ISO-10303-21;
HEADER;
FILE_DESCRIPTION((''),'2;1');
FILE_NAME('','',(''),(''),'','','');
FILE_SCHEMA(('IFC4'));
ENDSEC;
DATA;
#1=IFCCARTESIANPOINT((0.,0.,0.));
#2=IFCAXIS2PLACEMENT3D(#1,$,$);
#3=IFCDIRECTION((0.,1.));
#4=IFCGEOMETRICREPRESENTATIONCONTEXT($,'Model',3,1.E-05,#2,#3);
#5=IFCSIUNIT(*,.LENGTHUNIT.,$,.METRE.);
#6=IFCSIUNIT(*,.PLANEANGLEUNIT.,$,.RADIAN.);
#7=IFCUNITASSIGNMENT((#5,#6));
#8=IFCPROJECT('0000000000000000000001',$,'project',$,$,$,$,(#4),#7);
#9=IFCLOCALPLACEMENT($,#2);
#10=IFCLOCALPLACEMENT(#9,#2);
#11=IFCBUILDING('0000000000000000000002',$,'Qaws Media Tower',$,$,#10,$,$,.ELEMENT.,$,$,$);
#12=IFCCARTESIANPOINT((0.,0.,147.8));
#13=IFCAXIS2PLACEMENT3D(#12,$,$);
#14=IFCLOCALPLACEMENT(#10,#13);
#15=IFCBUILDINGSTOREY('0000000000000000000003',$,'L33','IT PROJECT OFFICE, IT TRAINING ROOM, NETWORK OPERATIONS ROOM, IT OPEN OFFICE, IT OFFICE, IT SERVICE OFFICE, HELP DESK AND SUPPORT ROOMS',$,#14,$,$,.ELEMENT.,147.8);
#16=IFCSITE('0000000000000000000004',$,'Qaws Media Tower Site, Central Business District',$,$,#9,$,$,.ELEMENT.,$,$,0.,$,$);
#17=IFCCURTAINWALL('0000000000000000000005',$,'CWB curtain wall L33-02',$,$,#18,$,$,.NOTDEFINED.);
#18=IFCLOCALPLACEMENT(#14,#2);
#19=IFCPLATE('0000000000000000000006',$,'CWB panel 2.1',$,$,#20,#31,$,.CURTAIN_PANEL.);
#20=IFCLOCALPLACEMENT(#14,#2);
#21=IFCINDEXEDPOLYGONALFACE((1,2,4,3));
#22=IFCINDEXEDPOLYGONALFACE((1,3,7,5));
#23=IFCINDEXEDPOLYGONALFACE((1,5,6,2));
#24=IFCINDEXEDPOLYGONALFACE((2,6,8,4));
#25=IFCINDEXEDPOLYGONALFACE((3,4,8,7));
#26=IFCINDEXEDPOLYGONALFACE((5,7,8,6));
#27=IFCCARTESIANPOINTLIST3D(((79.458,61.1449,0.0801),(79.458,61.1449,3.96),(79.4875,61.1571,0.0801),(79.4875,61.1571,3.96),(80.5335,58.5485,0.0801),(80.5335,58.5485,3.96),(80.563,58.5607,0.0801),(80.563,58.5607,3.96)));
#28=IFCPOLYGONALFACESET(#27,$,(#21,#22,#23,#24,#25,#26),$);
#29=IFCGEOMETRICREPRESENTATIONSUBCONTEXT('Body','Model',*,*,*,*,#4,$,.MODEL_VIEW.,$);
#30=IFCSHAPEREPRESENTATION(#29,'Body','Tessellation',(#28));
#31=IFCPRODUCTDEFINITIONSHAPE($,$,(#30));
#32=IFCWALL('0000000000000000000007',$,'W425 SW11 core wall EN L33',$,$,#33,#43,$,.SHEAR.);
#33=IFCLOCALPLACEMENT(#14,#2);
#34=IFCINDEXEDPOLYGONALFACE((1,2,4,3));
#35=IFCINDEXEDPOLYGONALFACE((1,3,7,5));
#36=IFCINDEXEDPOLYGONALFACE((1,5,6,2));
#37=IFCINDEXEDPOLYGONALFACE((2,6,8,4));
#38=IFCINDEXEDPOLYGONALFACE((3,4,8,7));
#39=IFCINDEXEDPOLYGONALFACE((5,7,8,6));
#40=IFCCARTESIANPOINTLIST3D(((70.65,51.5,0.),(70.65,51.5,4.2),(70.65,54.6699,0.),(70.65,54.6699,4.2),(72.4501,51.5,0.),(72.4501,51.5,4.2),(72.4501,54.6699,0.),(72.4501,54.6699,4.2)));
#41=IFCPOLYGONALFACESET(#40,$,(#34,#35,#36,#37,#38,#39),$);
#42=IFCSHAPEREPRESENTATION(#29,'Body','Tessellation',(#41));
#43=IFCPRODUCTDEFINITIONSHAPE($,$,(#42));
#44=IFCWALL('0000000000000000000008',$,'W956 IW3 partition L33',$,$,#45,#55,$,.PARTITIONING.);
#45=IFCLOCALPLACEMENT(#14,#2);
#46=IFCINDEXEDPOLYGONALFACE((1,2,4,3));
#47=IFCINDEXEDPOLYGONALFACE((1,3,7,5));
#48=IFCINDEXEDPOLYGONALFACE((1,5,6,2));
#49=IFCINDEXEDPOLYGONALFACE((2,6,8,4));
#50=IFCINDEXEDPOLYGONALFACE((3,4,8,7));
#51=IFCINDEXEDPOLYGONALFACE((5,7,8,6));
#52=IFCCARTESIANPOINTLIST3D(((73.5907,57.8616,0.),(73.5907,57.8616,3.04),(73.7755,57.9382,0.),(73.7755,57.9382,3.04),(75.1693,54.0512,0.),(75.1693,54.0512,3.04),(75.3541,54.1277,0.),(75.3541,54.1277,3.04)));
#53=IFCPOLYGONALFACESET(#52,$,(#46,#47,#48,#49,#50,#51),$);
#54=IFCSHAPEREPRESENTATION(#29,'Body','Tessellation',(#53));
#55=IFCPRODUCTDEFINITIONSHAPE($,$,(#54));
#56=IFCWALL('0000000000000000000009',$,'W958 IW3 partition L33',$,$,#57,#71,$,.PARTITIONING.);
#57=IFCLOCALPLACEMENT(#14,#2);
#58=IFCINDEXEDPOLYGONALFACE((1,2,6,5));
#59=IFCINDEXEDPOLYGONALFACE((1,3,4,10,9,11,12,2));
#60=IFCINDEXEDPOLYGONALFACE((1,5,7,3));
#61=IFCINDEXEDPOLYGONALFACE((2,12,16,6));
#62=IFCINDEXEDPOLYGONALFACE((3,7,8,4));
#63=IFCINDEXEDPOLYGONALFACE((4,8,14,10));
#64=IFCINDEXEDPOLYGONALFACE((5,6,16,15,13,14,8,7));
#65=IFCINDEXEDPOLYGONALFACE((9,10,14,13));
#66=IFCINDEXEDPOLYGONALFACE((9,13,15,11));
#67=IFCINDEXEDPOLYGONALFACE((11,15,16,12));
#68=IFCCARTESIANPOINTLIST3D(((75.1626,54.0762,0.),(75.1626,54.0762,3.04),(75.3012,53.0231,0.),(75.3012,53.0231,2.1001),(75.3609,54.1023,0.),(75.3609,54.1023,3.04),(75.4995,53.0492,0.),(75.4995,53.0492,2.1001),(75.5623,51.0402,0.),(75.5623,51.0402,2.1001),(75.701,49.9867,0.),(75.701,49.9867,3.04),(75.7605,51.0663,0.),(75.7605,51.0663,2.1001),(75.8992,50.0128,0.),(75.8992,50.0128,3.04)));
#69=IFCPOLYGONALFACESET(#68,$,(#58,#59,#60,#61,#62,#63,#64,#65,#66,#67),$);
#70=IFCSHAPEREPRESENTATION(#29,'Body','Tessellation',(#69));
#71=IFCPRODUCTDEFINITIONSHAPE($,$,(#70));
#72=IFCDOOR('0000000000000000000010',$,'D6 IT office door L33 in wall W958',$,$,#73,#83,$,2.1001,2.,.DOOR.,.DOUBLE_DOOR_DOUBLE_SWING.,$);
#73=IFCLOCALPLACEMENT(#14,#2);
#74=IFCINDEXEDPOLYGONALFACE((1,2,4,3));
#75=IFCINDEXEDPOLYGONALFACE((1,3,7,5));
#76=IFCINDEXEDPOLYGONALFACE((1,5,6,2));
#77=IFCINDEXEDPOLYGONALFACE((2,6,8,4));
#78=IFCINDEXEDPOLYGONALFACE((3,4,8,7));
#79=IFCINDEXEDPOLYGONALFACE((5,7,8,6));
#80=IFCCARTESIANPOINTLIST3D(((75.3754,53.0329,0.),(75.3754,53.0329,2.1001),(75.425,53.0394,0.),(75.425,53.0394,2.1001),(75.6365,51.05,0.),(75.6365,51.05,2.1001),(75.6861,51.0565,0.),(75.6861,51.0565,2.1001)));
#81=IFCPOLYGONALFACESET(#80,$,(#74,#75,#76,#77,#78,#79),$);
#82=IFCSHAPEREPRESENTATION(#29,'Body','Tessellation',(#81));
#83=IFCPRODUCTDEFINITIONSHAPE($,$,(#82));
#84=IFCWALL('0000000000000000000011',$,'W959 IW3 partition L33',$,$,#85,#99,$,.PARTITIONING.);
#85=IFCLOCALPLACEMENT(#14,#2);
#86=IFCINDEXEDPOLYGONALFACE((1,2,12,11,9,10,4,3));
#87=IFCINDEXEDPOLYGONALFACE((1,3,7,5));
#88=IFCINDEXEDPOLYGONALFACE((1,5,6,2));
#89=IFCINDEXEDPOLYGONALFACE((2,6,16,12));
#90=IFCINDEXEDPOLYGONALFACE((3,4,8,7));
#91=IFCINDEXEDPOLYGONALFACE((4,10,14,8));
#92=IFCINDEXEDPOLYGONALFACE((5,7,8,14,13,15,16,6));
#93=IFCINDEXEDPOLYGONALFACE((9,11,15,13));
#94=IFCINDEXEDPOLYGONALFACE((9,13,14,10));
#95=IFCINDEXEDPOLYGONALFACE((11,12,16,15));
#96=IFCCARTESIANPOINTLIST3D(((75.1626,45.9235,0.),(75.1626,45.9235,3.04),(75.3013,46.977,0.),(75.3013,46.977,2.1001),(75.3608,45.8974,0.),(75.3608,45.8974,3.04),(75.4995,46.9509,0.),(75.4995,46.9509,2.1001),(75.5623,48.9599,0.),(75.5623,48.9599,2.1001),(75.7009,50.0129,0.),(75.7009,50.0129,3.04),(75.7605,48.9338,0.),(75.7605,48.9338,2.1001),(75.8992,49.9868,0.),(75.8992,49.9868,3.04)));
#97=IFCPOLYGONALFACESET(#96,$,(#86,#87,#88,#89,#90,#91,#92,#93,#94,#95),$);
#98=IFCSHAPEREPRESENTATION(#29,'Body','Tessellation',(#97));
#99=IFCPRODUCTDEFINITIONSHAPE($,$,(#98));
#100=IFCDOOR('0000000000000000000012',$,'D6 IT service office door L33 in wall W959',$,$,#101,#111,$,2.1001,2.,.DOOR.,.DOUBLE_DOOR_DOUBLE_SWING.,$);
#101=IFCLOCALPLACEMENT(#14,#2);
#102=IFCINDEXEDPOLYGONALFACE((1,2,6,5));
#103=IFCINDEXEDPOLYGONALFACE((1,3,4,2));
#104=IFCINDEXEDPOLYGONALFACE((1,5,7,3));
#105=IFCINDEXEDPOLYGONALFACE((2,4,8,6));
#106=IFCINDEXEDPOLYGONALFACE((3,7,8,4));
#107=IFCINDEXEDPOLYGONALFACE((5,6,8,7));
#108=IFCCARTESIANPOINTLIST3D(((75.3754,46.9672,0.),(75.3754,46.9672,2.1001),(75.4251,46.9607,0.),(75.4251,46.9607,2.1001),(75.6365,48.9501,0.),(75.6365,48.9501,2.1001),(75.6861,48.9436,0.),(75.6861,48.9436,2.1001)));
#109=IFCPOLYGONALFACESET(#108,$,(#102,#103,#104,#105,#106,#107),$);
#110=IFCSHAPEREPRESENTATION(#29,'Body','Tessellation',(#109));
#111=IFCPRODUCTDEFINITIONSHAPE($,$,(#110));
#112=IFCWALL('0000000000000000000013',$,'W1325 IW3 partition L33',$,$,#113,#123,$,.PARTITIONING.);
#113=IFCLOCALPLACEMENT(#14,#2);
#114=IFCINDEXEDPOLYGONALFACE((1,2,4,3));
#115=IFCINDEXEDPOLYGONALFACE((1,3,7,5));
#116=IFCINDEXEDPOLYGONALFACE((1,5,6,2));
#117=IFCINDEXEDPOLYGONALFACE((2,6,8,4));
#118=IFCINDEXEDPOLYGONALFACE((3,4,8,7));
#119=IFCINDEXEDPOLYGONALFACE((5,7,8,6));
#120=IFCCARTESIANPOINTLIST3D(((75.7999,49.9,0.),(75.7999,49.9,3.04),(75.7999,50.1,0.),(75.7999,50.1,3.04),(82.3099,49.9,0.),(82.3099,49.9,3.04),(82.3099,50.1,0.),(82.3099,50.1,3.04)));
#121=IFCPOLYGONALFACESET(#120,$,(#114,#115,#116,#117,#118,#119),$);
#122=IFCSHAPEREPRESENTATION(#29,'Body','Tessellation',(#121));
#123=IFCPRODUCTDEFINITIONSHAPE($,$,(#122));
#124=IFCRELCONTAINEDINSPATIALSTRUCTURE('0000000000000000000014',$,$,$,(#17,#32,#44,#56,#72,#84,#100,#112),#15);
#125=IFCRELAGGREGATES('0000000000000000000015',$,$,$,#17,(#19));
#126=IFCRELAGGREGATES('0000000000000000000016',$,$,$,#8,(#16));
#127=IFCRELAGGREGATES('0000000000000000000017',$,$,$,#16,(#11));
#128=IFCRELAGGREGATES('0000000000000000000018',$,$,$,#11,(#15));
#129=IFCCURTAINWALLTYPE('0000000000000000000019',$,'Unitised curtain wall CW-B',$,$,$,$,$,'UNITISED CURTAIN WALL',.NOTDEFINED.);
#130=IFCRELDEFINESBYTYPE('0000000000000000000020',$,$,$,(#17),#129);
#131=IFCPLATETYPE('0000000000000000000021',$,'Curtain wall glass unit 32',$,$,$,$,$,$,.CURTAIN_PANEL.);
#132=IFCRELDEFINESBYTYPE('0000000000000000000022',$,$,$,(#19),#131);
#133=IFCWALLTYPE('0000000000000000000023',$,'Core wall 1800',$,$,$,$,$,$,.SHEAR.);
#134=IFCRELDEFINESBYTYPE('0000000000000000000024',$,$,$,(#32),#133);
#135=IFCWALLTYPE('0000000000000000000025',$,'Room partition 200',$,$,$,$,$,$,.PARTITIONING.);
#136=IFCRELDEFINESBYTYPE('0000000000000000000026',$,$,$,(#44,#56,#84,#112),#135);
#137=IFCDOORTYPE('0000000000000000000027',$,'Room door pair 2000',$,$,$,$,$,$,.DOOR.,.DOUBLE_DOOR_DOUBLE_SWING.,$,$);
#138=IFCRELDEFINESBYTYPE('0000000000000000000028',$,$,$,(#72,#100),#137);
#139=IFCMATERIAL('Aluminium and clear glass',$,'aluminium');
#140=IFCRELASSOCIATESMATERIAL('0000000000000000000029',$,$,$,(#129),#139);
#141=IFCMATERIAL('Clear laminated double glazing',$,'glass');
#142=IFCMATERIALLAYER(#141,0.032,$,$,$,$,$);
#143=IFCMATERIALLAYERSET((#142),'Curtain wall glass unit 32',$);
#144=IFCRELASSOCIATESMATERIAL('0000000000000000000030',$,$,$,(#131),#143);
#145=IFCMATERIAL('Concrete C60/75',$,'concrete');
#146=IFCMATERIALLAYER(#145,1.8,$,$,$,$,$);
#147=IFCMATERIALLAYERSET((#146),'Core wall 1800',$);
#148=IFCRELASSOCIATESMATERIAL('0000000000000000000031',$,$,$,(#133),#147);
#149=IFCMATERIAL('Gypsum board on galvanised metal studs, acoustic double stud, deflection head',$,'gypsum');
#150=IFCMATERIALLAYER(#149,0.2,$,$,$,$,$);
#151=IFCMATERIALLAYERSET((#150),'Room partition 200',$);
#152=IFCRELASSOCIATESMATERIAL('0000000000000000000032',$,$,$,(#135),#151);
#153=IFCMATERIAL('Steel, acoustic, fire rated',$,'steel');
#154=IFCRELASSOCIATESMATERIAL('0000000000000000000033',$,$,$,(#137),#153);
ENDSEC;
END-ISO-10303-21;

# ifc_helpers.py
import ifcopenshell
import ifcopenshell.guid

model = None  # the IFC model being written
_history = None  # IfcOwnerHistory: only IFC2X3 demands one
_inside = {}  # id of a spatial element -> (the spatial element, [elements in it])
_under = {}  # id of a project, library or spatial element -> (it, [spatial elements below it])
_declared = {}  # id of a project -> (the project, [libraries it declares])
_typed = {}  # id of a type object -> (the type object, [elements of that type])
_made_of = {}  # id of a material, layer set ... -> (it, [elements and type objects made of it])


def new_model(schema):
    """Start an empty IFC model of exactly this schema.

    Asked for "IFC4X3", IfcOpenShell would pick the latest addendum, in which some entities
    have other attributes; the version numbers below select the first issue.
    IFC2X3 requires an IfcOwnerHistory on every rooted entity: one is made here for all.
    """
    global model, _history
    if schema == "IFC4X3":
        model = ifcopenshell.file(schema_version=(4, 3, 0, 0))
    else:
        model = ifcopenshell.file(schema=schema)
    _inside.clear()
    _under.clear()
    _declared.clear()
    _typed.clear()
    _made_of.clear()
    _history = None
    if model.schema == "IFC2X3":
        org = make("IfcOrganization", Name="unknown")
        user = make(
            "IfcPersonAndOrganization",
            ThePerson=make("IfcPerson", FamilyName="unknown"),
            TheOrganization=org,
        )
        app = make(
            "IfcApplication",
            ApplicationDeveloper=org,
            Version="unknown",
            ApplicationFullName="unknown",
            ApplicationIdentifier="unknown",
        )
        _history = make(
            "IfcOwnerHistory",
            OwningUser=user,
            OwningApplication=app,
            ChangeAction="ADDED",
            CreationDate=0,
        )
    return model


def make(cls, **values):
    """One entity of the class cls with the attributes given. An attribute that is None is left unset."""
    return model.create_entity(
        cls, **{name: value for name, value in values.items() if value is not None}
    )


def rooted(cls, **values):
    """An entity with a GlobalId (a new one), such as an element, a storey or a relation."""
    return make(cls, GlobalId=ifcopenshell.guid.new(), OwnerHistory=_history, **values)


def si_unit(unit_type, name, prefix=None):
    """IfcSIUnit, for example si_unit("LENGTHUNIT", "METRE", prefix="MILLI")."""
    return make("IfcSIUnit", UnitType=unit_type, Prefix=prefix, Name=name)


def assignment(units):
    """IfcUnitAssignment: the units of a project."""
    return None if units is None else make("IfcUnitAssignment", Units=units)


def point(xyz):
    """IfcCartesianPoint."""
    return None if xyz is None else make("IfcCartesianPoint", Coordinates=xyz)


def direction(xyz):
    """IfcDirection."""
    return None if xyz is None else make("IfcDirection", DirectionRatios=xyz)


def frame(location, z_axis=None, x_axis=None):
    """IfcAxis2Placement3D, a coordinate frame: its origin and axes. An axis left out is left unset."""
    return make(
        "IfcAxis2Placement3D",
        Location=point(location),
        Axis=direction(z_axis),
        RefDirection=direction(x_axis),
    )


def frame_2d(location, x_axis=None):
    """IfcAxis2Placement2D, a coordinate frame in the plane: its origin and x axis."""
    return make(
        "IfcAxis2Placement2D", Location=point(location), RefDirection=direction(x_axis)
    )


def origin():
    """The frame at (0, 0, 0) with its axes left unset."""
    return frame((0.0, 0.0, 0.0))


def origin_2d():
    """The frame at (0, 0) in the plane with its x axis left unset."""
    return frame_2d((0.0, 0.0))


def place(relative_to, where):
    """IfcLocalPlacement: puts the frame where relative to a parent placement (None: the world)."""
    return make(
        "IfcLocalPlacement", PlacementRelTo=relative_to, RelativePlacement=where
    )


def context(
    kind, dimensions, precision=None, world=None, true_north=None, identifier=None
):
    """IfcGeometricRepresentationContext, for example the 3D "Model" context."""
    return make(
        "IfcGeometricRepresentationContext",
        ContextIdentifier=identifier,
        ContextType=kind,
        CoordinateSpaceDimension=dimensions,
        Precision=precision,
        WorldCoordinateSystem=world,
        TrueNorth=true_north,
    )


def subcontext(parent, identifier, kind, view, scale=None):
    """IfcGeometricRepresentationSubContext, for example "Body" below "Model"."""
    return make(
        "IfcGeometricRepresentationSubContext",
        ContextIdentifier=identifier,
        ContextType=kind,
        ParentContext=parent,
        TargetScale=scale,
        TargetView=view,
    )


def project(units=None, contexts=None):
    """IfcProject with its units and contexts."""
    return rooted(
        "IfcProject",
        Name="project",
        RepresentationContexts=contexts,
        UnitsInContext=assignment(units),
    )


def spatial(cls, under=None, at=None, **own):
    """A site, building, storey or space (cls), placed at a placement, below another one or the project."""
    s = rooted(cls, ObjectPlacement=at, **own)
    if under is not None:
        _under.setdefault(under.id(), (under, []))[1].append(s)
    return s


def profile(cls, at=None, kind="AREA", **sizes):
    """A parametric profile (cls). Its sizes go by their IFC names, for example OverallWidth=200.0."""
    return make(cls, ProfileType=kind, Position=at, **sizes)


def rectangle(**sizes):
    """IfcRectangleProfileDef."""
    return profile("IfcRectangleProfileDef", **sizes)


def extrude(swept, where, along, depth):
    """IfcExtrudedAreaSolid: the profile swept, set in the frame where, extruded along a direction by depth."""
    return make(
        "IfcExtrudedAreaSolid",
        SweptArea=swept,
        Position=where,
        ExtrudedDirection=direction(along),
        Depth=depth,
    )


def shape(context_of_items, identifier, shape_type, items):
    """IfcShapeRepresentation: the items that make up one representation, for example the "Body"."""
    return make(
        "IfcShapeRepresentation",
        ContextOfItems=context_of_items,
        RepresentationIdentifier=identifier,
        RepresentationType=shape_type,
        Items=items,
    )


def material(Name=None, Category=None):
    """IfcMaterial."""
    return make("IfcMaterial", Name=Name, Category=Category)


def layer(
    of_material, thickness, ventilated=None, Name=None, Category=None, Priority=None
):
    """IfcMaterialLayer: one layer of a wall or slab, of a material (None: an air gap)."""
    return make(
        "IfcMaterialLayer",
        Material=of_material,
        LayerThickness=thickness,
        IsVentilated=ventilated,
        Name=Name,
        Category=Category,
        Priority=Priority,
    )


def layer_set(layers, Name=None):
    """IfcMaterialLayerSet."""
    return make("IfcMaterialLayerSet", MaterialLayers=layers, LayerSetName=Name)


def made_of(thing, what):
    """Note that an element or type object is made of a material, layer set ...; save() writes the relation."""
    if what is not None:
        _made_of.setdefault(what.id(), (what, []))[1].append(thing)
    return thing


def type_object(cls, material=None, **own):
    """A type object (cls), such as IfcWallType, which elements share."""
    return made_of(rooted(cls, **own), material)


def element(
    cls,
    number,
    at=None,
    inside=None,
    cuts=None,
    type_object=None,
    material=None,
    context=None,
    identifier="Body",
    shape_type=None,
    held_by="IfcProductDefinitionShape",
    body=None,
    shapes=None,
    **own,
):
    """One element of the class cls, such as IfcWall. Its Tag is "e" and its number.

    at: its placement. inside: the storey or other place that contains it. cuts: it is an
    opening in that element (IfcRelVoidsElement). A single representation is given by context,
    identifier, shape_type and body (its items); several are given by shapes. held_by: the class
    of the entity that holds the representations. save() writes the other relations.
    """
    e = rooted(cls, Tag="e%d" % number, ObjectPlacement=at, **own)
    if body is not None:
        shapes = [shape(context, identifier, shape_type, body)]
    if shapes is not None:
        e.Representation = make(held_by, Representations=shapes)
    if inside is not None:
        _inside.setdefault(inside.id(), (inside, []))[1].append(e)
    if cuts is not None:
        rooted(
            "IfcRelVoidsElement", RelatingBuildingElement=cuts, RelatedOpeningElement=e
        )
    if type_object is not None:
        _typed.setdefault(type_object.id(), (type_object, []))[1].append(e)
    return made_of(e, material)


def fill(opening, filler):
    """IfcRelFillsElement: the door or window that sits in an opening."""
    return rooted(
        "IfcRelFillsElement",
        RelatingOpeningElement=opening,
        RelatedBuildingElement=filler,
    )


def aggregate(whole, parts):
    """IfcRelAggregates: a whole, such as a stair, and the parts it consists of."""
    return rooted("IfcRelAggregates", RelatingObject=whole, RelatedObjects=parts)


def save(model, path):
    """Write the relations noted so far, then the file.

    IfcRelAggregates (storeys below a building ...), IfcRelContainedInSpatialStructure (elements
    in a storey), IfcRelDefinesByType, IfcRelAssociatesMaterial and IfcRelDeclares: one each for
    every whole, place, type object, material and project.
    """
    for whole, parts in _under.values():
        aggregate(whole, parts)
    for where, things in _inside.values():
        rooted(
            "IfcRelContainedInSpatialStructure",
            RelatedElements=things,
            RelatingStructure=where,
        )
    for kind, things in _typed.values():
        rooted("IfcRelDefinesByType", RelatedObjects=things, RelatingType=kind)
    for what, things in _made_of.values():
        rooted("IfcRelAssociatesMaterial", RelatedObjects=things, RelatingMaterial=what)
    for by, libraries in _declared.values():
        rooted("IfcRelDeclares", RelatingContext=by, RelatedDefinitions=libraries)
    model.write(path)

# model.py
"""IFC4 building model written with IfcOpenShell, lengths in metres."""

from ifc_helpers import new_model, si_unit, direction, frame, frame_2d, origin, origin_2d, place, context, subcontext, project, spatial, rectangle, extrude, material, layer, layer_set, type_object, element, fill, aggregate, save


model = new_model("IFC4")

# Units and contexts
model_context = context("Model", 3, precision=1e-05, world=origin(), true_north=direction((0.0, 1.0)))
body_context = subcontext(model_context, "Body", "Model", "MODEL_VIEW")
ifc_project = project(units=[si_unit("LENGTHUNIT", "METRE"), si_unit("PLANEANGLEUNIT", "RADIAN")], contexts=[model_context])

# Site, building, storey
site_placement = place(None, origin())
site = spatial("IfcSite", under=ifc_project, at=site_placement, Name="Qaws Media Tower Site, Central Business District", CompositionType="ELEMENT", RefElevation=0.0)
building_placement = place(site_placement, origin())
building = spatial("IfcBuilding", under=site, at=building_placement, Name="Qaws Media Tower", CompositionType="ELEMENT")
storey_placement = place(building_placement, frame((0.0, 0.0, 147.8)))
storey = spatial("IfcBuildingStorey", under=building, at=storey_placement, Name="L33", Description="IT PROJECT OFFICE, IT TRAINING ROOM, NETWORK OPERATIONS ROOM, IT OPEN OFFICE, IT OFFICE, IT SERVICE OFFICE, HELP DESK AND SUPPORT ROOMS", CompositionType="ELEMENT", Elevation=147.8)

# Curtain wall
ifc_material_1 = material(Name="Aluminium and clear glass", Category="aluminium")
curtain_wall_type = type_object("IfcCurtainWallType", Name="Unitised curtain wall CW-B", ElementType="UNITISED CURTAIN WALL", PredefinedType="NOTDEFINED", material=ifc_material_1)
curtain_wall_placement = place(storey_placement, origin())
curtain_wall = element("IfcCurtainWall", 1, at=curtain_wall_placement, inside=storey, type_object=curtain_wall_type, Name="CWB curtain wall L33-02", PredefinedType="NOTDEFINED")

# Plate
ifc_material_2 = material(Name="Clear laminated double glazing", Category="glass")
ifc_layer_1 = layer(ifc_material_2, 0.032)
ifc_layer_set_1 = layer_set([ifc_layer_1], Name="Curtain wall glass unit 32")
plate_type = type_object("IfcPlateType", Name="Curtain wall glass unit 32", PredefinedType="CURTAIN_PANEL", material=ifc_layer_set_1)
plate_placement = place(storey_placement, frame((80.0105, 59.8528, 0.0801), z_axis=(0.0, 0.0, 1.0), x_axis=(-0.382684, 0.923879, 0.0)))
plate = element("IfcPlate", 2, at=plate_placement, type_object=plate_type, Name="CWB panel 2.1", PredefinedType="CURTAIN_PANEL", context=body_context, shape_type="SweptSolid", body=[
    extrude(rectangle(XDim=2.8103, YDim=0.032, at=origin_2d()), origin(), (0.0, 0.0, 1.0), 3.8799),
])
aggregate(curtain_wall, [plate])

# Walls
ifc_material_3 = material(Name="Concrete C60/75", Category="concrete")
ifc_layer_2 = layer(ifc_material_3, 1.8)
ifc_layer_set_2 = layer_set([ifc_layer_2], Name="Core wall 1800")
wall_type_1 = type_object("IfcWallType", Name="Core wall 1800", PredefinedType="SHEAR", material=ifc_layer_set_2)
wall_1_placement = place(storey_placement, frame((71.55, 51.5, 0.0), z_axis=(0.0, 0.0, 1.0), x_axis=(0.0, 1.0, 0.0)))
element("IfcWall", 3, at=wall_1_placement, inside=storey, type_object=wall_type_1, Name="W425 SW11 core wall EN L33", PredefinedType="SHEAR", context=body_context, shape_type="SweptSolid", body=[
    extrude(rectangle(XDim=3.1699, YDim=1.8, at=frame_2d((1.585, 0.0))), origin(), (0.0, 0.0, 1.0), 4.2),
])
ifc_material_4 = material(Name="Gypsum board on galvanised metal studs, acoustic double stud, deflection head", Category="gypsum")
ifc_layer_3 = layer(ifc_material_4, 0.2)
ifc_layer_set_3 = layer_set([ifc_layer_3], Name="Room partition 200")
wall_type_2 = type_object("IfcWallType", Name="Room partition 200", PredefinedType="PARTITIONING", material=ifc_layer_set_3)
wall_2_placement = place(storey_placement, frame((73.6831, 57.8999, 0.0), z_axis=(0.0, 0.0, 1.0), x_axis=(0.382732, -0.92386, 0.0)))
element("IfcWall", 4, at=wall_2_placement, inside=storey, type_object=wall_type_2, Name="W956 IW3 partition L33", PredefinedType="PARTITIONING", context=body_context, shape_type="SweptSolid", body=[
    extrude(rectangle(XDim=4.1245, YDim=0.2, at=frame_2d((2.0623, 0.0))), origin(), (0.0, 0.0, 1.0), 3.04),
])

# Walls, openings, doors
wall_3_placement = place(storey_placement, frame((75.2617, 54.0894, 0.0), z_axis=(0.0, 0.0, 1.0), x_axis=(0.130516, -0.991446, 0.0)))
wall_3 = element("IfcWall", 5, at=wall_3_placement, inside=storey, type_object=wall_type_2, Name="W958 IW3 partition L33", PredefinedType="PARTITIONING", context=body_context, shape_type="SweptSolid", body=[
    extrude(rectangle(XDim=4.1248, YDim=0.2, at=frame_2d((2.0625, 0.0))), origin(), (0.0, 0.0, 1.0), 3.04),
])
opening_1_placement = place(wall_3_placement, frame((1.0623, 0.0, 0.0)))
opening_1 = element("IfcOpeningElement", 6, at=opening_1_placement, cuts=wall_3, PredefinedType="OPENING", context=body_context, shape_type="SweptSolid", body=[
    extrude(rectangle(XDim=2.0, YDim=2.1001, at=frame_2d((1.0, 1.05))), frame((0.0, 0.1099, 0.0), z_axis=(0.0, -1.0, 0.0), x_axis=(1.0, 0.0, 0.0)), (0.0, 0.0, 1.0), 0.22),
])
ifc_material_5 = material(Name="Steel, acoustic, fire rated", Category="steel")
door_type = type_object("IfcDoorType", Name="Room door pair 2000", OperationType="DOUBLE_DOOR_DOUBLE_SWING", PredefinedType="DOOR", material=ifc_material_5)
door_1_placement = place(opening_1_placement, origin())
door_1 = element("IfcDoor", 7, at=door_1_placement, inside=storey, type_object=door_type, Name="D6 IT office door L33 in wall W958", OperationType="DOUBLE_DOOR_DOUBLE_SWING", OverallHeight=2.1001, OverallWidth=2.0, PredefinedType="DOOR", context=body_context, shape_type="SweptSolid", body=[
    extrude(rectangle(XDim=2.0, YDim=2.1001, at=frame_2d((1.0, 1.05))), frame((0.0, 0.0249, 0.0), z_axis=(0.0, -1.0, 0.0), x_axis=(1.0, 0.0, 0.0)), (0.0, 0.0, 1.0), 0.05),
])
fill(opening_1, door_1)
wall_4_placement = place(storey_placement, frame((75.8, 50.0, 0.0), z_axis=(0.0, 0.0, 1.0), x_axis=(-0.130516, -0.991446, 0.0)))
wall_4 = element("IfcWall", 8, at=wall_4_placement, inside=storey, type_object=wall_type_2, Name="W959 IW3 partition L33", PredefinedType="PARTITIONING", context=body_context, shape_type="SweptSolid", body=[
    extrude(rectangle(XDim=4.1248, YDim=0.2, at=frame_2d((2.0625, 0.0))), origin(), (0.0, 0.0, 1.0), 3.04),
])
opening_2_placement = place(wall_4_placement, frame((1.0623, 0.0, 0.0)))
opening_2 = element("IfcOpeningElement", 9, at=opening_2_placement, cuts=wall_4, PredefinedType="OPENING", context=body_context, shape_type="SweptSolid", body=[
    extrude(rectangle(XDim=2.0, YDim=2.1001, at=frame_2d((1.0, 1.05))), frame((0.0, 0.1099, 0.0), z_axis=(0.0, -1.0, 0.0), x_axis=(1.0, 0.0, 0.0)), (0.0, 0.0, 1.0), 0.22),
])
door_2_placement = place(opening_2_placement, origin())
door_2 = element("IfcDoor", 10, at=door_2_placement, inside=storey, type_object=door_type, Name="D6 IT service office door L33 in wall W959", OperationType="DOUBLE_DOOR_DOUBLE_SWING", OverallHeight=2.1001, OverallWidth=2.0, PredefinedType="DOOR", context=body_context, shape_type="SweptSolid", body=[
    extrude(rectangle(XDim=2.0, YDim=2.1001, at=frame_2d((1.0, 1.05))), frame((0.0, 0.0249, 0.0), z_axis=(0.0, -1.0, 0.0), x_axis=(1.0, 0.0, 0.0)), (0.0, 0.0, 1.0), 0.05),
])
fill(opening_2, door_2)

# Wall
wall_5_placement = place(storey_placement, frame((75.8, 50.0, 0.0), z_axis=(0.0, 0.0, 1.0), x_axis=(1.0, 0.0, 0.0)))
element("IfcWall", 11, at=wall_5_placement, inside=storey, type_object=wall_type_2, Name="W1325 IW3 partition L33", PredefinedType="PARTITIONING", context=body_context, shape_type="SweptSolid", body=[
    extrude(rectangle(XDim=6.51, YDim=0.2, at=frame_2d((3.2549, 0.0))), origin(), (0.0, 0.0, 1.0), 3.04),
])

save(model, "model.ifc")
